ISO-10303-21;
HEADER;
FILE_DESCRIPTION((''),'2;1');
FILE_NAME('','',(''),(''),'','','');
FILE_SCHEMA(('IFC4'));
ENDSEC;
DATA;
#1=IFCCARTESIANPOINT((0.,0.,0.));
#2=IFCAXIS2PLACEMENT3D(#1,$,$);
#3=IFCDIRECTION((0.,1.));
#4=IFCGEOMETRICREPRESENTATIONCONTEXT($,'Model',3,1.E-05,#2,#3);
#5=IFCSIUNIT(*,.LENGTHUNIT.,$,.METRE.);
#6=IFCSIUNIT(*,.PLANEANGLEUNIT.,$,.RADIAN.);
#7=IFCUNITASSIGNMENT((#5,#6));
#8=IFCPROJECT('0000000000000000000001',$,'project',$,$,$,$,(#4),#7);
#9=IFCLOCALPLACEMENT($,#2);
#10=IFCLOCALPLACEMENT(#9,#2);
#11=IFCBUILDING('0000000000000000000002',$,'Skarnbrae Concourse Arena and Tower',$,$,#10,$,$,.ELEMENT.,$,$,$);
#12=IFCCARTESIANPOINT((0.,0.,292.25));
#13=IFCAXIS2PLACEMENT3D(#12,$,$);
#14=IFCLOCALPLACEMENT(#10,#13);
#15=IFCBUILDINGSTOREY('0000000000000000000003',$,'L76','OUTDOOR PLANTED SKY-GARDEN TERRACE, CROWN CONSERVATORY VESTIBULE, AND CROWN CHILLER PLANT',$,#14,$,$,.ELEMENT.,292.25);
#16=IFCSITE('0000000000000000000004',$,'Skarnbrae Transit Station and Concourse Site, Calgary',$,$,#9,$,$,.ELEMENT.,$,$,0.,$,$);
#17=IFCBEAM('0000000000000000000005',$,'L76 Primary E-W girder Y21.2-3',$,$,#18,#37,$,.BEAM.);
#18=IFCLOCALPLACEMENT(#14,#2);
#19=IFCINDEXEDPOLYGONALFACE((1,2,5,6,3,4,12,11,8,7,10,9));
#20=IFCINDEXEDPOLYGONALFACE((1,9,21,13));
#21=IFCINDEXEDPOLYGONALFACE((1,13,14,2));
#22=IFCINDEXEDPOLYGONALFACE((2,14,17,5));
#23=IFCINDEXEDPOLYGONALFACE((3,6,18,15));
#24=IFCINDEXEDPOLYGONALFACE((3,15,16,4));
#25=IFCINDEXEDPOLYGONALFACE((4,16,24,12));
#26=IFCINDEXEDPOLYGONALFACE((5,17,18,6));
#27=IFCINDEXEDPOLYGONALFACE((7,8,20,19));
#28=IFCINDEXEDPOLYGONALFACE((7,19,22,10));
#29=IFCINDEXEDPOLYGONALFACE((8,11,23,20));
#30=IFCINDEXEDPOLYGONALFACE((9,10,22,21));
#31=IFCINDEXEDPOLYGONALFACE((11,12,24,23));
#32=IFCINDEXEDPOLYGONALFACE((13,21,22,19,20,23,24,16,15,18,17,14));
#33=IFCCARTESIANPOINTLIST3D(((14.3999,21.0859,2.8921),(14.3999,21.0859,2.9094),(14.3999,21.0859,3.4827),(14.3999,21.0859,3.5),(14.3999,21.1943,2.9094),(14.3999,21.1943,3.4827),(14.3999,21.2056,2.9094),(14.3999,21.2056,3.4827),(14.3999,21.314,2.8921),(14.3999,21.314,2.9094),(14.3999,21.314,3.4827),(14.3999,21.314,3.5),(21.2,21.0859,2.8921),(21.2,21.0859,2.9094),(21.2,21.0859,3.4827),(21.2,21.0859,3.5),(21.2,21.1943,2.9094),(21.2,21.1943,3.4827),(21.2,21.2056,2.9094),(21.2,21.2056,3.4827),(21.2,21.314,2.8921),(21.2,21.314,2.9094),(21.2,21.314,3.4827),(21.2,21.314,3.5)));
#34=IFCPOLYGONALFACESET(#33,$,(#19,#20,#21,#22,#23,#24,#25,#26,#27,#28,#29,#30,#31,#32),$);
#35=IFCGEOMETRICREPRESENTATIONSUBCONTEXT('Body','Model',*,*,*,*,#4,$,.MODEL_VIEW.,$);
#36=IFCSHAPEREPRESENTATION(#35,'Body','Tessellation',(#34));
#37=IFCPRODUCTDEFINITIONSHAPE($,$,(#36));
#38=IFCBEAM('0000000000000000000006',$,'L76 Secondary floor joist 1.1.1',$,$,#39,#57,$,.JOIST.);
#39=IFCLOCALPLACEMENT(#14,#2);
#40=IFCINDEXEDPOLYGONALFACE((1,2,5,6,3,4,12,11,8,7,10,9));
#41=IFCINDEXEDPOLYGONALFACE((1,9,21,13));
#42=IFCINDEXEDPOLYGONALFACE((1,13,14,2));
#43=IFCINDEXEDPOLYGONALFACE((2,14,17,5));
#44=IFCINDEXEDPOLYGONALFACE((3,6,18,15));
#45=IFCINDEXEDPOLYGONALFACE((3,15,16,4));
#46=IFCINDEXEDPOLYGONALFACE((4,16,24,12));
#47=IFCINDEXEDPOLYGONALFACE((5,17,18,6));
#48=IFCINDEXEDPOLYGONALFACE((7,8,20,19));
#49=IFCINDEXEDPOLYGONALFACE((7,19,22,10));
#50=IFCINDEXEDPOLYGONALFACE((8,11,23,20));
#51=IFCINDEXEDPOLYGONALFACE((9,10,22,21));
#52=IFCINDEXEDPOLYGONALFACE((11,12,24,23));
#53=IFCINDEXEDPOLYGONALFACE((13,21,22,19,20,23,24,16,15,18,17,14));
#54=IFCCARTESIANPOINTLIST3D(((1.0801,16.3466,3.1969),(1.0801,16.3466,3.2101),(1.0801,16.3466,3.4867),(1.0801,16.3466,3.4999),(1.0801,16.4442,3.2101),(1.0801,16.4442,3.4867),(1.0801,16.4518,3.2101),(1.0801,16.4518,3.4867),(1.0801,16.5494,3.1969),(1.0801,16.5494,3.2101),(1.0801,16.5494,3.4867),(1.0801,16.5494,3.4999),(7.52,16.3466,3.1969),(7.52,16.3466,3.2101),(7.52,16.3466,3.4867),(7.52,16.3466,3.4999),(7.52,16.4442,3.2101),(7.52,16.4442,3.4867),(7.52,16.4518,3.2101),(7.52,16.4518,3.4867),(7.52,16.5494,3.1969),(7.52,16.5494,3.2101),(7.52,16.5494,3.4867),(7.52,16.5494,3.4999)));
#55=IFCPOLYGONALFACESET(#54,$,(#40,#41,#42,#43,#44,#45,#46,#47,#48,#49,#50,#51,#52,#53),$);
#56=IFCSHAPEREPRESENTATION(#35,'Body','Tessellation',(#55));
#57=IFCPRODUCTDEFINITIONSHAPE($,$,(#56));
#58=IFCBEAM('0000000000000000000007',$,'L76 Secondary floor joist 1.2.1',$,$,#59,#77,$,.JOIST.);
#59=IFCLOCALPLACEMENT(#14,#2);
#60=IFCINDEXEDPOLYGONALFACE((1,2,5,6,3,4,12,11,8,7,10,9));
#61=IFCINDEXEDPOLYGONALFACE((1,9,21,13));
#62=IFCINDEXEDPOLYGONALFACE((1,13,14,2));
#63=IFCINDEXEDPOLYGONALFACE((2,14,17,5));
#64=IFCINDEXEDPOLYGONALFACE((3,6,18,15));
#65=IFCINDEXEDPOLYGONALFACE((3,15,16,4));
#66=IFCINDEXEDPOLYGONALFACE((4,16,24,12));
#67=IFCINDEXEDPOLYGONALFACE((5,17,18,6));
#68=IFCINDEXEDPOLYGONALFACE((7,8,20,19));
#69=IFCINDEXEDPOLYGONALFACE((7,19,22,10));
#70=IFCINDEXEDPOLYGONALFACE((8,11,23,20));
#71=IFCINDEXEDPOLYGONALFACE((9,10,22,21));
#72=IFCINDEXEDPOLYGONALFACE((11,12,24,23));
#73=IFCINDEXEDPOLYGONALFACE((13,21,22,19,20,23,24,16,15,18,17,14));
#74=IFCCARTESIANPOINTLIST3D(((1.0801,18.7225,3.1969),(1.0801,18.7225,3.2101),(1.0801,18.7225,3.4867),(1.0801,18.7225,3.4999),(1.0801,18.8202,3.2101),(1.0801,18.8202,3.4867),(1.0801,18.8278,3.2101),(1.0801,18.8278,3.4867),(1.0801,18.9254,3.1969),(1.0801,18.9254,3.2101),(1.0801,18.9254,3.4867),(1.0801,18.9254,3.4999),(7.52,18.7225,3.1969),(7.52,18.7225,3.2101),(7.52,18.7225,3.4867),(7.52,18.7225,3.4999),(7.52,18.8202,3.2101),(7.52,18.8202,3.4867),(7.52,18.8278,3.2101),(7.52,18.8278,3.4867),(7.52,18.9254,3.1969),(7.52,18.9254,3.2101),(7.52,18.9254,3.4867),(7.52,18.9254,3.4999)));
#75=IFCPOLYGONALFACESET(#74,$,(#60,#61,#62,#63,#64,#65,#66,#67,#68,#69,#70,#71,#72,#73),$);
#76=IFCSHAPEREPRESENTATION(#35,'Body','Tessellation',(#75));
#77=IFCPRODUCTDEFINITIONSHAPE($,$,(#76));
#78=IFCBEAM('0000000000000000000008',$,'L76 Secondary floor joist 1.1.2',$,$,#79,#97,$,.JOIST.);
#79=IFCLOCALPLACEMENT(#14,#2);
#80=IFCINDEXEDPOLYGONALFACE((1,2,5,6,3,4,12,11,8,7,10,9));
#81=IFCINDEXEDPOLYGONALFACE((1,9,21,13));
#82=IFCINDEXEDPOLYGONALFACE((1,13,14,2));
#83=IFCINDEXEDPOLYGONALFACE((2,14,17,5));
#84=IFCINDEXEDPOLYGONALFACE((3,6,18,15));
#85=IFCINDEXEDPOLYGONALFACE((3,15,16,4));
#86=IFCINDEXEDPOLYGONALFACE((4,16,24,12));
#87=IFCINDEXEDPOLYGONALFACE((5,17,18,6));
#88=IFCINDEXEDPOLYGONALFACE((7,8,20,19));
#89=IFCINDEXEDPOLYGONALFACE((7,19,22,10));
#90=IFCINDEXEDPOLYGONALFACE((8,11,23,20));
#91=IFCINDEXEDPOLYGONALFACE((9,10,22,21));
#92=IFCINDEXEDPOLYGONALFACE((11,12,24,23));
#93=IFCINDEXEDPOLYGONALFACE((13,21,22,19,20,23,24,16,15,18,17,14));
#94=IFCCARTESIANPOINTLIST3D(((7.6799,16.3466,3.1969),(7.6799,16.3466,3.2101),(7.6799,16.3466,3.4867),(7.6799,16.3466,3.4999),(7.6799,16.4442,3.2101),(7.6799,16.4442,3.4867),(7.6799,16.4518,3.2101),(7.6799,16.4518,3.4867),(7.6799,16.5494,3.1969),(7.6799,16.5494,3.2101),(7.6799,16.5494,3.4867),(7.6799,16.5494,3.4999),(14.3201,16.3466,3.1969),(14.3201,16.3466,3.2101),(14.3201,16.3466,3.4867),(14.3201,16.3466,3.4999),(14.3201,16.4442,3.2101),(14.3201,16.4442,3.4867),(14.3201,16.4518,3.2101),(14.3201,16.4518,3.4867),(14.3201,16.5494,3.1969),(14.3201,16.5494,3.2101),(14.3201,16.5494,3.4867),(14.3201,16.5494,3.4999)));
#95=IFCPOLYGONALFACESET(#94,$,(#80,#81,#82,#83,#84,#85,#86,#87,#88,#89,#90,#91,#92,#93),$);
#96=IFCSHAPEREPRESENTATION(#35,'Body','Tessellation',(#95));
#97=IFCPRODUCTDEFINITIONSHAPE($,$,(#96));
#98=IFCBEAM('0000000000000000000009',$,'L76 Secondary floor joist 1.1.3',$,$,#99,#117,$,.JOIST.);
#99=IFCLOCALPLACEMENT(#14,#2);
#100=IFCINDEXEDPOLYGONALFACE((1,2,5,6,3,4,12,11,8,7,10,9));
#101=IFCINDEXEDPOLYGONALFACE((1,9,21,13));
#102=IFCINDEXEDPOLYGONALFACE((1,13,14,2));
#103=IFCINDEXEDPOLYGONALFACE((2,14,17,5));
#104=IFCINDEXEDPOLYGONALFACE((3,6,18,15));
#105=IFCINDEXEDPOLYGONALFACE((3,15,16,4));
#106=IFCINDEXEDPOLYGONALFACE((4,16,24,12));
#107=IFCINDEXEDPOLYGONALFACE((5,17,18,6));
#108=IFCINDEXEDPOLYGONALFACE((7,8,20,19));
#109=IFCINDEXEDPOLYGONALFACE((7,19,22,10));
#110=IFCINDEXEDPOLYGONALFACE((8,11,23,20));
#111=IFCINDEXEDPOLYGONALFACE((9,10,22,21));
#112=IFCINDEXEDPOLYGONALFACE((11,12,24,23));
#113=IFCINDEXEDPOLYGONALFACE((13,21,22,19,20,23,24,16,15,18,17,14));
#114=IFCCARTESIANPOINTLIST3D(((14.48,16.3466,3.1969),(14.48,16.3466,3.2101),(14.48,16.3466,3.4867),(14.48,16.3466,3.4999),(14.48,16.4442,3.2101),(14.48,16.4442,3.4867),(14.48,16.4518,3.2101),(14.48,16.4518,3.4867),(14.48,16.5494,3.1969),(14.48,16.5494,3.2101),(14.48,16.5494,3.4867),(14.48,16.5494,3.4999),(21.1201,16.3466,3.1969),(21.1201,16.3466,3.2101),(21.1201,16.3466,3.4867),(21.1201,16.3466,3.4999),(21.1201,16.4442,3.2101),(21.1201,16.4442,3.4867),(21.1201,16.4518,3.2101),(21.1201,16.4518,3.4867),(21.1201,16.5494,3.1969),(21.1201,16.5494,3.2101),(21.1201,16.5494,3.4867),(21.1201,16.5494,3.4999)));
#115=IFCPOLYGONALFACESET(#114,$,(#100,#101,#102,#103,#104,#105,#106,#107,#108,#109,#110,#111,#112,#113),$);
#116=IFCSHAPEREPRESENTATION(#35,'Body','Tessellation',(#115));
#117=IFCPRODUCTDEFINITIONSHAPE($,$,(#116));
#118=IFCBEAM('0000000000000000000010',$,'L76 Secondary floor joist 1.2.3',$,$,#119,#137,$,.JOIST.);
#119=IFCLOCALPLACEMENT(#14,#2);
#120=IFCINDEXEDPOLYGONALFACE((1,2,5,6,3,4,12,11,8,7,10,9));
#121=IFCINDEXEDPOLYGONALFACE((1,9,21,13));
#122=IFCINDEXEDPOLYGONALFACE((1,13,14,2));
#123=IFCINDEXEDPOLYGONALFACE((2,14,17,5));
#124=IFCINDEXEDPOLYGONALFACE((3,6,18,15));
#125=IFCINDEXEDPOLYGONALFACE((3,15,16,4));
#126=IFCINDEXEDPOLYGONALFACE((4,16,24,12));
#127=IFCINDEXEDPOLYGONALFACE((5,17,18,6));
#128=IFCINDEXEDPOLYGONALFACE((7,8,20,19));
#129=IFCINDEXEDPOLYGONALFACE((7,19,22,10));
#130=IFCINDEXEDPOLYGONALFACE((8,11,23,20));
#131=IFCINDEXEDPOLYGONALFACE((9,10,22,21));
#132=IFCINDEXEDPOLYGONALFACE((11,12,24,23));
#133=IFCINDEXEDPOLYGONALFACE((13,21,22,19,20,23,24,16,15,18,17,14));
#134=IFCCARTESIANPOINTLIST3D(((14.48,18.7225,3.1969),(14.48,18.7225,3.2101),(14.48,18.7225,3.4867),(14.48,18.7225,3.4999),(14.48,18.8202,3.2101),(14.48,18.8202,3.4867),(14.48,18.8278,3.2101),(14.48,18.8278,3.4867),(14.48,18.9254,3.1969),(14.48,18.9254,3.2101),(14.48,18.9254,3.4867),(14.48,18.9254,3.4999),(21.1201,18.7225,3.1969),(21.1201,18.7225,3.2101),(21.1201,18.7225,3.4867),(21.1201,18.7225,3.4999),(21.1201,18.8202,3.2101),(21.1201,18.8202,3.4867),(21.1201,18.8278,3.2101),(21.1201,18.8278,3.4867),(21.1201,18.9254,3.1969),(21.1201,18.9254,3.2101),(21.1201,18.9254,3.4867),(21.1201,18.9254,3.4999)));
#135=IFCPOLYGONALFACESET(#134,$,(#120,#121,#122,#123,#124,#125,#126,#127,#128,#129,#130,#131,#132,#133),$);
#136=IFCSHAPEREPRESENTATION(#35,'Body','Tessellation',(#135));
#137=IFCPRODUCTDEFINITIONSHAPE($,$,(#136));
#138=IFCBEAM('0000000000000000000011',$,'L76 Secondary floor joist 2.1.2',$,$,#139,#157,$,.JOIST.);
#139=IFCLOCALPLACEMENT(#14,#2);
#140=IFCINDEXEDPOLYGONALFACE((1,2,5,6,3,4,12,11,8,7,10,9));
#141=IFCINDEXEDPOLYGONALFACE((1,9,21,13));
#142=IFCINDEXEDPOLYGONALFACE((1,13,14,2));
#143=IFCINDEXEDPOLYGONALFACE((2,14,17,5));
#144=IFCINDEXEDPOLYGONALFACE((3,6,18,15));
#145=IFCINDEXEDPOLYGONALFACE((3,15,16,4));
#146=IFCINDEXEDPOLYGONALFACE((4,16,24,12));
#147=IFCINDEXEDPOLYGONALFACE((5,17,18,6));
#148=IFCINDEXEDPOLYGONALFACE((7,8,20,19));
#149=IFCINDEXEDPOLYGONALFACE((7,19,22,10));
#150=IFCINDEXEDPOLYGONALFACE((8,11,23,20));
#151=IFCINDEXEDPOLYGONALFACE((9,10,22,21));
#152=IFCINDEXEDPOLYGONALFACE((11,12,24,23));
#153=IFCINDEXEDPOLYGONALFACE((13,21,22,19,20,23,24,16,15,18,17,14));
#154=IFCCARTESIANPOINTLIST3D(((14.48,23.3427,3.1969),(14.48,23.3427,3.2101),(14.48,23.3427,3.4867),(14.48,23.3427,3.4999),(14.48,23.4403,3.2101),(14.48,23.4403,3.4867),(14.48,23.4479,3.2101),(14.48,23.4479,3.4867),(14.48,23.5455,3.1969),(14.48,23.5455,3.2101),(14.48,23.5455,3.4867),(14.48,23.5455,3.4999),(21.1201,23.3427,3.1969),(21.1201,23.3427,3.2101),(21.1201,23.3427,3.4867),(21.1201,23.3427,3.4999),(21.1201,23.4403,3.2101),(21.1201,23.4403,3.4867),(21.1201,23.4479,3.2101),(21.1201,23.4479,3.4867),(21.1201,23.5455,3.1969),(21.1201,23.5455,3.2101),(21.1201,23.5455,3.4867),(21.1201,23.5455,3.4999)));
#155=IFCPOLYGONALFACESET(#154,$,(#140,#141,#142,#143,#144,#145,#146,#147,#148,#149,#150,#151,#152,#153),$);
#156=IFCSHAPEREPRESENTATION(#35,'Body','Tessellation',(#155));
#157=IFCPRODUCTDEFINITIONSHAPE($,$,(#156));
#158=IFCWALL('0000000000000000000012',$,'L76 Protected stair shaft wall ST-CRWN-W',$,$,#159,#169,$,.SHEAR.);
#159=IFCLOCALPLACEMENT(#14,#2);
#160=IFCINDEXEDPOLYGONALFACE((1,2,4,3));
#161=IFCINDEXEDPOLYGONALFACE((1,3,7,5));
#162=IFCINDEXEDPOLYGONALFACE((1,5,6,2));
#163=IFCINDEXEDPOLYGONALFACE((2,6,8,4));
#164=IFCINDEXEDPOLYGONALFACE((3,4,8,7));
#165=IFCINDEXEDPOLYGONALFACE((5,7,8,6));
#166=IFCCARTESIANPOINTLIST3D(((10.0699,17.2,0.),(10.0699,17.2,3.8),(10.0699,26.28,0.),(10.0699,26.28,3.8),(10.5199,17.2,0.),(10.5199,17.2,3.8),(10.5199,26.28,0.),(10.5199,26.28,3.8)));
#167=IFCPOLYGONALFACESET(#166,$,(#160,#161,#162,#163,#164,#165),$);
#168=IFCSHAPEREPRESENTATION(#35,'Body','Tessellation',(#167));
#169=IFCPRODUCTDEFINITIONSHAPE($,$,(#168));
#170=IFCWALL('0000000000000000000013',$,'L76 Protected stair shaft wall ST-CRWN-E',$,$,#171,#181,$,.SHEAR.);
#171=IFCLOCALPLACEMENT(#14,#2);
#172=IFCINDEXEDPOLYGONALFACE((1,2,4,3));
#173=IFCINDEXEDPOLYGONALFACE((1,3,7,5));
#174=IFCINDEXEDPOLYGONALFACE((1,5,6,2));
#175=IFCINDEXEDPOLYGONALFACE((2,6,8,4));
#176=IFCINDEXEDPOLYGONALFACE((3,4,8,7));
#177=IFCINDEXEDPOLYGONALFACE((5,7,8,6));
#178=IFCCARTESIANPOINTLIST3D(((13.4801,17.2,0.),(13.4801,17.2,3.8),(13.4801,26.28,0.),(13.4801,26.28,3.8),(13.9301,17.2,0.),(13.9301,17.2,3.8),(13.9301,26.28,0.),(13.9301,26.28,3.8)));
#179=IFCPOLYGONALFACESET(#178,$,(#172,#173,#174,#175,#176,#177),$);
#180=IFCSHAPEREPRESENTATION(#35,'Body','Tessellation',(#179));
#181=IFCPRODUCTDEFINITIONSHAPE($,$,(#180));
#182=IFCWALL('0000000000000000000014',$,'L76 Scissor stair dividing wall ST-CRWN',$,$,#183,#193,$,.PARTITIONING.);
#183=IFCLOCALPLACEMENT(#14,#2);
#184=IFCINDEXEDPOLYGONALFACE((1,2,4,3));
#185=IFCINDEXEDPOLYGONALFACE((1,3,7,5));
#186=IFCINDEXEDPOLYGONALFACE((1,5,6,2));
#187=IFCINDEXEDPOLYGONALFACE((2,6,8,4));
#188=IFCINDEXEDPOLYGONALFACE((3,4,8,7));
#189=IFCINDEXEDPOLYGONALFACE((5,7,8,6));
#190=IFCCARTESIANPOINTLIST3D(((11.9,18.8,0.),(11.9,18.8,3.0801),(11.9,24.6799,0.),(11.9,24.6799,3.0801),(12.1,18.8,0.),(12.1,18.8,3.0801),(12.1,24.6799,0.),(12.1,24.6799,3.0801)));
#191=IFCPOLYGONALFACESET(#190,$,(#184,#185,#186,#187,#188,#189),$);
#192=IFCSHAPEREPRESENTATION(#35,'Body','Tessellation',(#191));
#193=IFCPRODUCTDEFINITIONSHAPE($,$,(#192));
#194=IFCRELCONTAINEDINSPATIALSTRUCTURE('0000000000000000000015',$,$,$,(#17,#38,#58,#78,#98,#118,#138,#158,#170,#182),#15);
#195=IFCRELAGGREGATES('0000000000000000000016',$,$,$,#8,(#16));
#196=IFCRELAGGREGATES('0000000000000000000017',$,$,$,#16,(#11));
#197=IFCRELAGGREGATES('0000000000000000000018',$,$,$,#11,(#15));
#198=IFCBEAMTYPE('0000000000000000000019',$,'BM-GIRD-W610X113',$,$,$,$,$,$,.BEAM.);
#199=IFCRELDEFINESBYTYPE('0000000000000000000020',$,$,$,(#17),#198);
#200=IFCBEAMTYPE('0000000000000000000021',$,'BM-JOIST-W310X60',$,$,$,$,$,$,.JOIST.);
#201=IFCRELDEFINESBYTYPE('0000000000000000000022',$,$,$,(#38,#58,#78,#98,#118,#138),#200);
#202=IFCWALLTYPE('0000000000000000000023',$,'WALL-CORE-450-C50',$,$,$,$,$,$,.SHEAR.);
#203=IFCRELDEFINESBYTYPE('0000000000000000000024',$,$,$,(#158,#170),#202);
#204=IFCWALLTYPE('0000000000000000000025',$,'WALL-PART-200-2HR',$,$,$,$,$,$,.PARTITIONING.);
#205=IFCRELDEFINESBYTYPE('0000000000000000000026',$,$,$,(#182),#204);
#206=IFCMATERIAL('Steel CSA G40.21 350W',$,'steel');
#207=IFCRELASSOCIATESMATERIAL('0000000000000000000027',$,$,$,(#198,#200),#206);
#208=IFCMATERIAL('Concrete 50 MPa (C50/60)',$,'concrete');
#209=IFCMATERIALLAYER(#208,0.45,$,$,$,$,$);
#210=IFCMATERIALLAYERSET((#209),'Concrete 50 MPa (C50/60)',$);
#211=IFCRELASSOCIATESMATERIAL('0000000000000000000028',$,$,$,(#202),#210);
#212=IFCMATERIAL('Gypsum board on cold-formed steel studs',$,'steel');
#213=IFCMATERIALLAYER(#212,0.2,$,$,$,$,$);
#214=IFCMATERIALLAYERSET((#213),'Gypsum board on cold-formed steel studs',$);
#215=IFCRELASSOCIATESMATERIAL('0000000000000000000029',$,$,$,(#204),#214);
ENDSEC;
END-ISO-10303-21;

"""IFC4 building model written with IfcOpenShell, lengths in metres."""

from ifc_helpers import new_model, si_unit, direction, frame, frame_2d, origin, origin_2d, place, context, subcontext, project, spatial, rectangle, i_section, extrude, source, transform, mapped, material, layer, layer_set, material_profile, profile_set, type_object, element, save


model = new_model("IFC4")

# Units and contexts
model_context = context("Model", 3, precision=1e-05, world=origin(), true_north=direction((0.0, 1.0)))
body_context = subcontext(model_context, "Body", "Model", "MODEL_VIEW")
ifc_project = project(units=[si_unit("LENGTHUNIT", "METRE"), si_unit("PLANEANGLEUNIT", "RADIAN")], contexts=[model_context])

# Site, building, storey
site_placement = place(None, origin())
site = spatial("IfcSite", under=ifc_project, at=site_placement, Name="Skarnbrae Transit Station and Concourse Site, Calgary", CompositionType="ELEMENT", RefElevation=0.0)
building_placement = place(site_placement, origin())
building = spatial("IfcBuilding", under=site, at=building_placement, Name="Skarnbrae Concourse Arena and Tower", CompositionType="ELEMENT")
storey_placement = place(building_placement, frame((0.0, 0.0, 292.25)))
storey = spatial("IfcBuildingStorey", under=building, at=storey_placement, Name="L76", Description="OUTDOOR PLANTED SKY-GARDEN TERRACE, CROWN CONSERVATORY VESTIBULE, AND CROWN CHILLER PLANT", CompositionType="ELEMENT", Elevation=292.25)

# Shared definitions
ifc_material_1 = material(Name="Steel CSA G40.21 350W", Category="steel")

# Beams
ifc_material_profile_1 = material_profile(ifc_material_1, i_section(OverallWidth=0.228, OverallDepth=0.6079, WebThickness=0.0112, FlangeThickness=0.0173, at=origin_2d()), Name="W610X113")
ifc_profile_set_1 = profile_set([ifc_material_profile_1], Name="Steel CSA G40.21 350W")
beam_type_1 = type_object("IfcBeamType", Name="BM-GIRD-W610X113", PredefinedType="BEAM", material=ifc_profile_set_1)
shared_shape_1 = source(origin(), body_context, "Body", "SweptSolid", [
    extrude(i_section(OverallWidth=0.228, OverallDepth=0.6079, WebThickness=0.0112, FlangeThickness=0.0173, at=origin_2d()), origin(), (0.0, 0.0, 1.0), 6.8),
])
for number, where, z_axis, x_axis, name in (
    (1, (14.3999, 21.2, 3.196), (1.0, 0.0, 0.0), (0.0, 1.0, 0.0), "L76 Primary E-W girder Y21.2-3"),
):
    element("IfcBeam", number, at=place(storey_placement, frame(where, z_axis=z_axis, x_axis=x_axis)), inside=storey, type_object=beam_type_1, Name=name, PredefinedType="BEAM", context=body_context, shape_type="MappedRepresentation", body=[
        mapped(shared_shape_1, transform((0.0, 0.0, 0.0))),
    ])
ifc_material_profile_2 = material_profile(ifc_material_1, i_section(OverallWidth=0.2029, OverallDepth=0.303, WebThickness=0.0076, FlangeThickness=0.0132, at=origin_2d()), Name="W310X60")
ifc_profile_set_2 = profile_set([ifc_material_profile_2], Name="Steel CSA G40.21 350W")
beam_type_2 = type_object("IfcBeamType", Name="BM-JOIST-W310X60", PredefinedType="JOIST", material=ifc_profile_set_2)
shared_shape_2 = source(origin(), body_context, "Body", "SweptSolid", [
    extrude(i_section(OverallWidth=0.2029, OverallDepth=0.303, WebThickness=0.0076, FlangeThickness=0.0132, at=origin_2d()), origin(), (0.0, 0.0, 1.0), 6.4399),
])
for number, where, z_axis, x_axis, name in (
    (2, (1.0801, 16.448, 3.3484), (1.0, 0.0, 0.0), (0.0, 1.0, 0.0), "L76 Secondary floor joist 1.1.1"),
    (3, (1.0801, 18.824, 3.3484), (1.0, 0.0, 0.0), (0.0, 1.0, 0.0), "L76 Secondary floor joist 1.2.1"),
):
    element("IfcBeam", number, at=place(storey_placement, frame(where, z_axis=z_axis, x_axis=x_axis)), inside=storey, type_object=beam_type_2, Name=name, PredefinedType="JOIST", context=body_context, shape_type="MappedRepresentation", body=[
        mapped(shared_shape_2, transform((0.0, 0.0, 0.0))),
    ])
shared_shape_3 = source(origin(), body_context, "Body", "SweptSolid", [
    extrude(i_section(OverallWidth=0.2029, OverallDepth=0.303, WebThickness=0.0076, FlangeThickness=0.0132, at=origin_2d()), origin(), (0.0, 0.0, 1.0), 6.6401),
])
for number, where, z_axis, x_axis, name in (
    (4, (7.6799, 16.448, 3.3484), (1.0, 0.0, 0.0), (0.0, 1.0, 0.0), "L76 Secondary floor joist 1.1.2"),
    (5, (14.48, 16.448, 3.3484), (1.0, 0.0, 0.0), (0.0, 1.0, 0.0), "L76 Secondary floor joist 1.1.3"),
    (6, (14.48, 18.824, 3.3484), (1.0, 0.0, 0.0), (0.0, 1.0, 0.0), "L76 Secondary floor joist 1.2.3"),
    (7, (14.48, 23.4441, 3.3484), (1.0, 0.0, 0.0), (0.0, 1.0, 0.0), "L76 Secondary floor joist 2.1.2"),
):
    element("IfcBeam", number, at=place(storey_placement, frame(where, z_axis=z_axis, x_axis=x_axis)), inside=storey, type_object=beam_type_2, Name=name, PredefinedType="JOIST", context=body_context, shape_type="MappedRepresentation", body=[
        mapped(shared_shape_3, transform((0.0, 0.0, 0.0))),
    ])

# Shared definitions
ifc_material_2 = material(Name="Concrete 50 MPa (C50/60)", Category="concrete")
ifc_layer_1 = layer(ifc_material_2, 0.45)
ifc_layer_set_1 = layer_set([ifc_layer_1], Name="Concrete 50 MPa (C50/60)")
wall_type_1 = type_object("IfcWallType", Name="WALL-CORE-450-C50", PredefinedType="SHEAR", material=ifc_layer_set_1)

# Walls
shared_shape_4 = source(origin(), body_context, "Body", "SweptSolid", [
    extrude(rectangle(XDim=9.0801, YDim=0.45, at=frame_2d((4.54, 0.0))), origin(), (0.0, 0.0, 1.0), 3.8),
])
for number, where, z_axis, x_axis, name in (
    (8, (10.2949, 17.2, 0.0), (0.0, 0.0, 1.0), (0.0, 1.0, 0.0), "L76 Protected stair shaft wall ST-CRWN-W"),
    (9, (13.7051, 17.2, 0.0), (0.0, 0.0, 1.0), (0.0, 1.0, 0.0), "L76 Protected stair shaft wall ST-CRWN-E"),
):
    element("IfcWall", number, at=place(storey_placement, frame(where, z_axis=z_axis, x_axis=x_axis)), inside=storey, type_object=wall_type_1, Name=name, PredefinedType="SHEAR", context=body_context, shape_type="MappedRepresentation", body=[
        mapped(shared_shape_4, transform((0.0, 0.0, 0.0))),
    ])
ifc_material_3 = material(Name="Gypsum board on cold-formed steel studs", Category="steel")
ifc_layer_2 = layer(ifc_material_3, 0.2)
ifc_layer_set_2 = layer_set([ifc_layer_2], Name="Gypsum board on cold-formed steel studs")
wall_type_2 = type_object("IfcWallType", Name="WALL-PART-200-2HR", PredefinedType="PARTITIONING", material=ifc_layer_set_2)
shared_shape_5 = source(origin(), body_context, "Body", "SweptSolid", [
    extrude(rectangle(XDim=5.8799, YDim=0.2, at=frame_2d((2.9399, 0.0))), origin(), (0.0, 0.0, 1.0), 3.0801),
])
wall_1_placement = place(storey_placement, frame((12.0, 18.8, 0.0), z_axis=(0.0, 0.0, 1.0), x_axis=(0.0, 1.0, 0.0)))
element("IfcWall", 10, at=wall_1_placement, inside=storey, type_object=wall_type_2, Name="L76 Scissor stair dividing wall ST-CRWN", PredefinedType="PARTITIONING", context=body_context, shape_type="MappedRepresentation", body=[
    mapped(shared_shape_5, transform((0.0, 0.0, 0.0))),
])

save(model, "model.ifc")
